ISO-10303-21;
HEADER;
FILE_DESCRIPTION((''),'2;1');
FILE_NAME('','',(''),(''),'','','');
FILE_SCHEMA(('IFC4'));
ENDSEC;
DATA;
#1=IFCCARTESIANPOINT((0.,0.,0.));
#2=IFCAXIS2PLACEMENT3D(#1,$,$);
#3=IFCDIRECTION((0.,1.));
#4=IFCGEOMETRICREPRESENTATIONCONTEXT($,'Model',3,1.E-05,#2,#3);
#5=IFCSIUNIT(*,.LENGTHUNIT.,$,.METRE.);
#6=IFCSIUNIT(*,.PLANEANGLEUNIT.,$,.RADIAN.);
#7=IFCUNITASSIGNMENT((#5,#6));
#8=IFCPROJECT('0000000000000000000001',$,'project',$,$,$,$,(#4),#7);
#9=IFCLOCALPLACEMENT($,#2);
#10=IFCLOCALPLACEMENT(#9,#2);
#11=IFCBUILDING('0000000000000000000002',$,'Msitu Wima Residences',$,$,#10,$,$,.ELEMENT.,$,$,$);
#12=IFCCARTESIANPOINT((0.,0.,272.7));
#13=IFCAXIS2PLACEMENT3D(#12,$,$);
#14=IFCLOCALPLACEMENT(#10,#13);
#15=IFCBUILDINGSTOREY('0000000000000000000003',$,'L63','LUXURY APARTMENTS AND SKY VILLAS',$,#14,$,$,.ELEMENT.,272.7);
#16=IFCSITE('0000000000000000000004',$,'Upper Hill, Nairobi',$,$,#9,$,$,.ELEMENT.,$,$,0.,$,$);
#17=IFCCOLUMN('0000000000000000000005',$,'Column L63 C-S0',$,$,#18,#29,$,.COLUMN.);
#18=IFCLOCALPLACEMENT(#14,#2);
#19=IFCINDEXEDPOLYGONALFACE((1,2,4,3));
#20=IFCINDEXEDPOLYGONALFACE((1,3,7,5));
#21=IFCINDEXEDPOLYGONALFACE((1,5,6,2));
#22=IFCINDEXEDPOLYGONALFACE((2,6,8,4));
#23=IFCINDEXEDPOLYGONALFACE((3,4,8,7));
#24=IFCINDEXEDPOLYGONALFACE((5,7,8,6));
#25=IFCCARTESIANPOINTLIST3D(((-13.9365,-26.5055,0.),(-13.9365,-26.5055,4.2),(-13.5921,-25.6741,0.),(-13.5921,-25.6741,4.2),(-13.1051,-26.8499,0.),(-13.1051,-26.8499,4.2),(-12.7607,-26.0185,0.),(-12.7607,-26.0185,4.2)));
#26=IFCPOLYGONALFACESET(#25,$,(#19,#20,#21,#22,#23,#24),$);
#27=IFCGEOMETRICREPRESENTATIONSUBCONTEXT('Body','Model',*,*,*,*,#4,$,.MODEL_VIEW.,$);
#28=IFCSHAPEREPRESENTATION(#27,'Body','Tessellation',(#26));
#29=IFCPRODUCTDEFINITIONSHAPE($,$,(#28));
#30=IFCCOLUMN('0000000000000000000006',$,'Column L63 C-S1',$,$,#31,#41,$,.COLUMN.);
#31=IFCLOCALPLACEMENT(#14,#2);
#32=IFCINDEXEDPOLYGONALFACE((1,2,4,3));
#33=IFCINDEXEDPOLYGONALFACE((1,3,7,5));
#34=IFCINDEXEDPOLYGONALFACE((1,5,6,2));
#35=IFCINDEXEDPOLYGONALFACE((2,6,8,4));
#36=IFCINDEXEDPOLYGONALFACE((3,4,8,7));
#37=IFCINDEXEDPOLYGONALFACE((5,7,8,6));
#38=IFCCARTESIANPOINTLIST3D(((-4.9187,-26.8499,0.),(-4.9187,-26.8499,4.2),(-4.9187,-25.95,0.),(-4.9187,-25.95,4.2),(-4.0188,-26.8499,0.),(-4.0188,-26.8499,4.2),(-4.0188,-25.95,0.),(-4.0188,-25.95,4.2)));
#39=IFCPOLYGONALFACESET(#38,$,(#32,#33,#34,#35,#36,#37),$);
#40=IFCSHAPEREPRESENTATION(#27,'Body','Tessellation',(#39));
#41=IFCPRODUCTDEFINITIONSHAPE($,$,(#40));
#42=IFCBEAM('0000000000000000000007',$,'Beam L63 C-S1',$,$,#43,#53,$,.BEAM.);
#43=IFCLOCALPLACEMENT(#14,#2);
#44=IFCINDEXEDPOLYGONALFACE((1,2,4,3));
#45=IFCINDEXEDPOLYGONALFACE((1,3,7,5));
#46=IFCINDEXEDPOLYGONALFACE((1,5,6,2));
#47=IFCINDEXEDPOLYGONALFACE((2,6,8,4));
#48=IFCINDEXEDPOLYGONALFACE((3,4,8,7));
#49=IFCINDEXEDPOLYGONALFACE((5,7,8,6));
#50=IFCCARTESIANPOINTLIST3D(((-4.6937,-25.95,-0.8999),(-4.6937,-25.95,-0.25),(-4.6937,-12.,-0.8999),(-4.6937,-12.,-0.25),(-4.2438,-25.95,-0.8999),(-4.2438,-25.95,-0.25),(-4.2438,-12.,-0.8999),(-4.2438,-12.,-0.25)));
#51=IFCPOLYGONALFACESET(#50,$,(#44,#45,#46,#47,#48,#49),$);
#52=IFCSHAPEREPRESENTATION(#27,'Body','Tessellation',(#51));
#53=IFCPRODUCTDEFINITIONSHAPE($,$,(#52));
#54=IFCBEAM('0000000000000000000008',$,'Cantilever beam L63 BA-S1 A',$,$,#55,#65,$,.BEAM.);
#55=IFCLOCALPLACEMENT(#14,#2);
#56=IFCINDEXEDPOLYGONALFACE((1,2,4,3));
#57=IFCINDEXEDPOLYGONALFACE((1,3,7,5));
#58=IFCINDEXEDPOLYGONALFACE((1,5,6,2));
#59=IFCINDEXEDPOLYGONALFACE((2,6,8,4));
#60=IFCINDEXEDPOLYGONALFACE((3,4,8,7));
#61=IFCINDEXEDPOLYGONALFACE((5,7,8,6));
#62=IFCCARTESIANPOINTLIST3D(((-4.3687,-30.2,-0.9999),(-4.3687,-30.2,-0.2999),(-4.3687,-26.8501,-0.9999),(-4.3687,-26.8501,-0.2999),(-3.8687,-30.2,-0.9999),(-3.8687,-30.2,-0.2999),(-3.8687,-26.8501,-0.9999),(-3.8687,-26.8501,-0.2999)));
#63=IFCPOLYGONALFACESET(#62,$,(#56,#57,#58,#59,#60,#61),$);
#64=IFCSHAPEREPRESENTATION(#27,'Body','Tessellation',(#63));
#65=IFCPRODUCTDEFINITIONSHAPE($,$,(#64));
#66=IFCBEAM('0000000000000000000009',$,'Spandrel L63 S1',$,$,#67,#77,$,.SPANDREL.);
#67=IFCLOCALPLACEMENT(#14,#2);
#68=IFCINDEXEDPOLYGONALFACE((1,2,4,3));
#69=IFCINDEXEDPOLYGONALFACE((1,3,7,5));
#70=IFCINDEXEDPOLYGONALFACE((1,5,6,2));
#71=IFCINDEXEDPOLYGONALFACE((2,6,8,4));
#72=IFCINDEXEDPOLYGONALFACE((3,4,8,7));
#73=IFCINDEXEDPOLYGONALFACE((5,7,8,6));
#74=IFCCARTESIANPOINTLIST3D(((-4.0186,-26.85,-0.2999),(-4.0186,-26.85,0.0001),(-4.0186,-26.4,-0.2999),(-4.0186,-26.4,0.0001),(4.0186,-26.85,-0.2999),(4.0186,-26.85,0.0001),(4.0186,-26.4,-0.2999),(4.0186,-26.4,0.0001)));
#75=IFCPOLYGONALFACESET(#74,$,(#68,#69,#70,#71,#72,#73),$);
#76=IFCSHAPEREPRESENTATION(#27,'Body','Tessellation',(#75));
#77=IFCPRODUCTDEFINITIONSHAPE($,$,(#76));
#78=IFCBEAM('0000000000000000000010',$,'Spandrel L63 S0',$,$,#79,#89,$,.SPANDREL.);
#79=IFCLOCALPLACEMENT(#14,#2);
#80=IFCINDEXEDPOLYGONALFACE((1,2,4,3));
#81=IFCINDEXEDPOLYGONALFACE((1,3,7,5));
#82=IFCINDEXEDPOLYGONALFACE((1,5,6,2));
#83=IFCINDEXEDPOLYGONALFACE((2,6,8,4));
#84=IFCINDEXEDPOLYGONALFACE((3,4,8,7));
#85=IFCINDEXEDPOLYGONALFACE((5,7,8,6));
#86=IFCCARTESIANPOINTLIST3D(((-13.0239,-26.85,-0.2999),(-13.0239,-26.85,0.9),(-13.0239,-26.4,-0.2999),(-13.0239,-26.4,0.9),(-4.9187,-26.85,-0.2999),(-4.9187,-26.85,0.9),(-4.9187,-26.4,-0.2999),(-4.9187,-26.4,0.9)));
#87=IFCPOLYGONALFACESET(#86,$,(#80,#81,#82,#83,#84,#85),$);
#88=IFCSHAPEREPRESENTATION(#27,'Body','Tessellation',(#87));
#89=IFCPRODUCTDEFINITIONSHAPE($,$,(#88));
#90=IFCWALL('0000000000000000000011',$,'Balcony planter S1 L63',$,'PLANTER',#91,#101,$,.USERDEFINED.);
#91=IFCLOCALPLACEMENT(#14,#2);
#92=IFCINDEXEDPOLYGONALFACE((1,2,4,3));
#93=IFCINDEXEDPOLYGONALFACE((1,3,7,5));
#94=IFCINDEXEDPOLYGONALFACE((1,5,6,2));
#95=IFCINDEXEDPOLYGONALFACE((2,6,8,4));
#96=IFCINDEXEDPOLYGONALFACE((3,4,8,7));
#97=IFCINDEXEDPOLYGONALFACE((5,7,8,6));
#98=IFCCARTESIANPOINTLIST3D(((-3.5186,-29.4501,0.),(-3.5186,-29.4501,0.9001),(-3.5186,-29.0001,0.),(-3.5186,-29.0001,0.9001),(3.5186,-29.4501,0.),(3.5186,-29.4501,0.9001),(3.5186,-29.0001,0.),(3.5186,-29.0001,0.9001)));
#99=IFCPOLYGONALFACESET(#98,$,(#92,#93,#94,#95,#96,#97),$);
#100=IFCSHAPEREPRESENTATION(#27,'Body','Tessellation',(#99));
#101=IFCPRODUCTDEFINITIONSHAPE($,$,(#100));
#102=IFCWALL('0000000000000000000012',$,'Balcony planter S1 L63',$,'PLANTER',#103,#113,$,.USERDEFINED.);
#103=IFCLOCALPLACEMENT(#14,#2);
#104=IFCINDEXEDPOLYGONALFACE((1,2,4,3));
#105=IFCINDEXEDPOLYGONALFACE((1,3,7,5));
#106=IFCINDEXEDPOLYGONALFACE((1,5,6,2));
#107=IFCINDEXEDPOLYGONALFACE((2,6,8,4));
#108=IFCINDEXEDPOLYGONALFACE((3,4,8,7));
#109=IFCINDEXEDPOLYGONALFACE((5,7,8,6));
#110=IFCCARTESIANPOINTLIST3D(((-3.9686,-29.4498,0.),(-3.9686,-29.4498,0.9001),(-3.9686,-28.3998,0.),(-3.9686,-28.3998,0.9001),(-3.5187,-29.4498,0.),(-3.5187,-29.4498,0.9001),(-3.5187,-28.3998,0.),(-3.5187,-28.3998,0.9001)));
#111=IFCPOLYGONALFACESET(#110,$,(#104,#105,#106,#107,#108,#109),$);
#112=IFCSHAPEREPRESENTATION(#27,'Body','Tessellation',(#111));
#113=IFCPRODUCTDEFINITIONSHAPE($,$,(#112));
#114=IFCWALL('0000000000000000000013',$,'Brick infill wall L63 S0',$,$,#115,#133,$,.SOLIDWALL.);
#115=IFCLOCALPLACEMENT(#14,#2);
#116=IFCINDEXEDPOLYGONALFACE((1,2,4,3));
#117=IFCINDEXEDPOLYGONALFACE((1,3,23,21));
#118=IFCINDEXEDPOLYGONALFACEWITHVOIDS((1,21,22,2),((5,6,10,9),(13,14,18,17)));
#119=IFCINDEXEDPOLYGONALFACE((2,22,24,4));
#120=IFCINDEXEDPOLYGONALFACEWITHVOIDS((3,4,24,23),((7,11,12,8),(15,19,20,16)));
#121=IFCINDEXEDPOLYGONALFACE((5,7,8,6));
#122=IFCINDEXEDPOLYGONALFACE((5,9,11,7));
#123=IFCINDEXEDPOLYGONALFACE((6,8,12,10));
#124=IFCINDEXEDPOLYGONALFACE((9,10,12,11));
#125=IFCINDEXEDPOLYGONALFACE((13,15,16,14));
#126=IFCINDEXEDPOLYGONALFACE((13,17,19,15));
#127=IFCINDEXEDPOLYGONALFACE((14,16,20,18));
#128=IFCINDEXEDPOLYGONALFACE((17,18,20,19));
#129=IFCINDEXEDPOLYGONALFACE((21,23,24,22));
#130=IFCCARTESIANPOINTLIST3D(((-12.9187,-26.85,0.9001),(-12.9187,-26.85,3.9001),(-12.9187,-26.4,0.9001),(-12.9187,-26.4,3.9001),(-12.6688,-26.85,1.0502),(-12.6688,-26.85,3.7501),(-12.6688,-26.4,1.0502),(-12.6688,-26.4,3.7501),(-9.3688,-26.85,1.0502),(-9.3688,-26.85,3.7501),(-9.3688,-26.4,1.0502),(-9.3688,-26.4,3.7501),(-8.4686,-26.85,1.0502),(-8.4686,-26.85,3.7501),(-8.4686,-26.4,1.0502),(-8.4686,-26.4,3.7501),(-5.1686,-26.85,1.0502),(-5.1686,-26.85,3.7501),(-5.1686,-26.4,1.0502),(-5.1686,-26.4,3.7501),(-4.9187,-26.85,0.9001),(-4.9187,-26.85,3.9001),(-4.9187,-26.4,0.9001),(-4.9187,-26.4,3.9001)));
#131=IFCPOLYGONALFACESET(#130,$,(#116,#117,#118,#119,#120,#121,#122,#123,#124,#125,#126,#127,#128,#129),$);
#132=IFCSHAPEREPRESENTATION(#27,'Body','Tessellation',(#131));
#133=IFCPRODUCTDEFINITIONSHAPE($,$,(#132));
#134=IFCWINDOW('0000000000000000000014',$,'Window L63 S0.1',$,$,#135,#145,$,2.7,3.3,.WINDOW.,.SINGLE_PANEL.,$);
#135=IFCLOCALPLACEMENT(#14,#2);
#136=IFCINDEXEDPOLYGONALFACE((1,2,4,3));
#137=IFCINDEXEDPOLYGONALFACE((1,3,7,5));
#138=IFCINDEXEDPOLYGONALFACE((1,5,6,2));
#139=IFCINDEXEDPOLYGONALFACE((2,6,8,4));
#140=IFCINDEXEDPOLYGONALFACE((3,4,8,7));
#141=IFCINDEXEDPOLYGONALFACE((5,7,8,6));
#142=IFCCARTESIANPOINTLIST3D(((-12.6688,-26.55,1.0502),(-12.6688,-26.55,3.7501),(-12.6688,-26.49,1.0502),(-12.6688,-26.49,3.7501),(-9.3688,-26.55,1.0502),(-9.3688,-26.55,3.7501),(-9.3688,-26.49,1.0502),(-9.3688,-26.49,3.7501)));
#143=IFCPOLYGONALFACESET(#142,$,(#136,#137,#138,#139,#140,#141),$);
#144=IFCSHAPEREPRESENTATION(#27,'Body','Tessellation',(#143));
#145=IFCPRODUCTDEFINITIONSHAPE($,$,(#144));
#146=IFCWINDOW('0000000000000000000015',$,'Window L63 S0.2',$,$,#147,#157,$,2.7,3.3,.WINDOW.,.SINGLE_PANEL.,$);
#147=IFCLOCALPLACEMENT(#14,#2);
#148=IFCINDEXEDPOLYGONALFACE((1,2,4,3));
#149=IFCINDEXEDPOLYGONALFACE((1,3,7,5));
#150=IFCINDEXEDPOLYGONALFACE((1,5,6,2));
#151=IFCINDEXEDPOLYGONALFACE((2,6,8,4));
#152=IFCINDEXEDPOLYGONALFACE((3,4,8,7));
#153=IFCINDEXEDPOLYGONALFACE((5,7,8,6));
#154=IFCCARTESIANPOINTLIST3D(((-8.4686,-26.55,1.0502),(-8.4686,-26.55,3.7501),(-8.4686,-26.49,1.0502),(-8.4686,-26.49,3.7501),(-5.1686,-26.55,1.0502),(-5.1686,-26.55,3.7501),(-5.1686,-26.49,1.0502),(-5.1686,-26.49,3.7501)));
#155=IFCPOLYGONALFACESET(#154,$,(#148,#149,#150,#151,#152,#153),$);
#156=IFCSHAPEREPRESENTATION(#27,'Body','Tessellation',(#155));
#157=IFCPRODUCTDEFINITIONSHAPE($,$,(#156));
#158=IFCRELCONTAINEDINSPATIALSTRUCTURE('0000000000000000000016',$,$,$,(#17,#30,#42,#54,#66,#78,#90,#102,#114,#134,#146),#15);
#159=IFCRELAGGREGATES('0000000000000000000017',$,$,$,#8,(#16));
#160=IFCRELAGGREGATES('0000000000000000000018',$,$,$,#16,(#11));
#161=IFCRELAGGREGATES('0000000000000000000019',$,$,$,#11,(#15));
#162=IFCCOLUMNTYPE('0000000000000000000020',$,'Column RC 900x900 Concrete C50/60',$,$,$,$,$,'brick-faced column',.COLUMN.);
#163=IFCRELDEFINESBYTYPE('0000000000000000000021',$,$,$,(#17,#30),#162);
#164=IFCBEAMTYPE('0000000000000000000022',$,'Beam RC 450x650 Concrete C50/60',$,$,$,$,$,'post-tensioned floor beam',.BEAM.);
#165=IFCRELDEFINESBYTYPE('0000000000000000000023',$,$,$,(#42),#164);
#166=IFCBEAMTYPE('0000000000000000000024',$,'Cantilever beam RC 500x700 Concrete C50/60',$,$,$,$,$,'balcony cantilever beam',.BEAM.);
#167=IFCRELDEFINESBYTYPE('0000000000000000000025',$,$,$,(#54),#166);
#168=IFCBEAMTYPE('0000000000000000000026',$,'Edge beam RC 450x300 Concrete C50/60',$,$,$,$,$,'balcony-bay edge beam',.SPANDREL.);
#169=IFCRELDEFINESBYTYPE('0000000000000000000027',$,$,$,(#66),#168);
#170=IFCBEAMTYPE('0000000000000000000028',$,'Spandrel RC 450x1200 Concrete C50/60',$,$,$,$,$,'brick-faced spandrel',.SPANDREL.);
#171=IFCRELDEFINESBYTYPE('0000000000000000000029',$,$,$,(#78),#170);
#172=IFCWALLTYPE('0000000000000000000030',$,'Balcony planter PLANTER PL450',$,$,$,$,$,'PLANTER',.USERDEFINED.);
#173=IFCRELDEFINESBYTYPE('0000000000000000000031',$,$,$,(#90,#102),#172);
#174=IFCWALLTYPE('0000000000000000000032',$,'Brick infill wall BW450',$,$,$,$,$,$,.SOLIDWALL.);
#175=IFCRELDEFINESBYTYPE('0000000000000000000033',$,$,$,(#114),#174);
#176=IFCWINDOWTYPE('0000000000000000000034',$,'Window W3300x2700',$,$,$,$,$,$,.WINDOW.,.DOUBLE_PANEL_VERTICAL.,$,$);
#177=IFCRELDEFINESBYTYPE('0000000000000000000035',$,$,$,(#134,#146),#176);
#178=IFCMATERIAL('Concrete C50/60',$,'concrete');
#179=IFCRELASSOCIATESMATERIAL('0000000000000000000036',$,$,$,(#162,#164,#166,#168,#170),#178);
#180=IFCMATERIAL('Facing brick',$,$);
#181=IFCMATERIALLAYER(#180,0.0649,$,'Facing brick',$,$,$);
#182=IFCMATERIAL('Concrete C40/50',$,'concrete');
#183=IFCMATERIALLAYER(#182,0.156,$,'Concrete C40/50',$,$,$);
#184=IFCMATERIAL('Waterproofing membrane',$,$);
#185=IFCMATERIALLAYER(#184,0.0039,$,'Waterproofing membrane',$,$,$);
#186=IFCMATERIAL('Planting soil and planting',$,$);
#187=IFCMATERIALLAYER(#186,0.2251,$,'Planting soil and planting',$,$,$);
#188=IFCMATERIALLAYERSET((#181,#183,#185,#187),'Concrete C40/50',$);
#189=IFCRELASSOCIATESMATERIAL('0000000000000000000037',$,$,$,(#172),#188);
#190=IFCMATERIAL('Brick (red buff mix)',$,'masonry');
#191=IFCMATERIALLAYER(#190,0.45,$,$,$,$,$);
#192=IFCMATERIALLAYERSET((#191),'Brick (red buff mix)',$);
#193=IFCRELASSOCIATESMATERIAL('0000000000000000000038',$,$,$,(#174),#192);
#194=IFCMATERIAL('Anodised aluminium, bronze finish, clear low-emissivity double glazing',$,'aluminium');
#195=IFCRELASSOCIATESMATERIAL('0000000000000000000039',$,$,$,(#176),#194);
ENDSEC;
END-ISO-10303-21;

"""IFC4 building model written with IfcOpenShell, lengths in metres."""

from ifc_helpers import new_model, si_unit, direction, frame, frame_2d, origin, origin_2d, place, context, subcontext, project, spatial, rectangle, extrude, material, layer, layer_set, material_profile, profile_set, type_object, element, fill, save


model = new_model("IFC4")

# Units and contexts
model_context = context("Model", 3, precision=1e-05, world=origin(), true_north=direction((0.0, 1.0)))
body_context = subcontext(model_context, "Body", "Model", "MODEL_VIEW")
ifc_project = project(units=[si_unit("LENGTHUNIT", "METRE"), si_unit("PLANEANGLEUNIT", "RADIAN")], contexts=[model_context])

# Site, building, storey
site_placement = place(None, origin())
site = spatial("IfcSite", under=ifc_project, at=site_placement, Name="Upper Hill, Nairobi", CompositionType="ELEMENT", RefElevation=0.0)
building_placement = place(site_placement, origin())
building = spatial("IfcBuilding", under=site, at=building_placement, Name="Msitu Wima Residences", CompositionType="ELEMENT")
storey_placement = place(building_placement, frame((0.0, 0.0, 272.7)))
storey = spatial("IfcBuildingStorey", under=building, at=storey_placement, Name="L63", Description="LUXURY APARTMENTS AND SKY VILLAS", CompositionType="ELEMENT", Elevation=272.7)

# Columns
ifc_material_1 = material(Name="Concrete C50/60", Category="concrete")
ifc_material_profile_1 = material_profile(ifc_material_1, rectangle(XDim=0.8999, YDim=0.8999, at=origin_2d()), Name="RC 900x900")
ifc_profile_set_1 = profile_set([ifc_material_profile_1], Name="Concrete C50/60")
column_type = type_object("IfcColumnType", Name="Column RC 900x900 Concrete C50/60", ElementType="brick-faced column", PredefinedType="COLUMN", material=ifc_profile_set_1)
for number, where, z_axis, x_axis, name in (
    (1, (-13.3486, -26.262, 0.0), (0.0, 0.0, 1.0), (0.92388, -0.382683, 0.0), "Column L63 C-S0"),
    (2, (-4.4688, -26.3999, 0.0), (0.0, 0.0, 1.0), (1.0, 0.0, 0.0), "Column L63 C-S1"),
):
    element("IfcColumn", number, at=place(storey_placement, frame(where, z_axis=z_axis, x_axis=x_axis)), inside=storey, type_object=column_type, Name=name, PredefinedType="COLUMN", context=body_context, shape_type="SweptSolid", body=[
        extrude(rectangle(XDim=0.8999, YDim=0.8999, at=origin_2d()), origin(), (0.0, 0.0, 1.0), 4.2),
    ])

# Beams
ifc_material_profile_2 = material_profile(ifc_material_1, rectangle(XDim=0.45, YDim=0.6499, at=origin_2d()), Name="RC 450x650")
ifc_profile_set_2 = profile_set([ifc_material_profile_2], Name="Concrete C50/60")
beam_type_1 = type_object("IfcBeamType", Name="Beam RC 450x650 Concrete C50/60", ElementType="post-tensioned floor beam", PredefinedType="BEAM", material=ifc_profile_set_2)
beam_1_placement = place(storey_placement, frame((-4.4688, -25.95, -0.575), z_axis=(0.0, 1.0, 0.0), x_axis=(-1.0, 0.0, 0.0)))
element("IfcBeam", 3, at=beam_1_placement, inside=storey, type_object=beam_type_1, Name="Beam L63 C-S1", PredefinedType="BEAM", context=body_context, shape_type="SweptSolid", body=[
    extrude(rectangle(XDim=0.45, YDim=0.6499, at=origin_2d()), origin(), (0.0, 0.0, 1.0), 13.95),
])
ifc_material_profile_3 = material_profile(ifc_material_1, rectangle(XDim=0.5, YDim=0.7, at=origin_2d()), Name="RC 500x700")
ifc_profile_set_3 = profile_set([ifc_material_profile_3], Name="Concrete C50/60")
beam_type_2 = type_object("IfcBeamType", Name="Cantilever beam RC 500x700 Concrete C50/60", ElementType="balcony cantilever beam", PredefinedType="BEAM", material=ifc_profile_set_3)
beam_2_placement = place(storey_placement, frame((-4.1187, -26.8501, -0.6499), z_axis=(0.0, -1.0, 0.0), x_axis=(1.0, 0.0, 0.0)))
element("IfcBeam", 4, at=beam_2_placement, inside=storey, type_object=beam_type_2, Name="Cantilever beam L63 BA-S1 A", PredefinedType="BEAM", context=body_context, shape_type="SweptSolid", body=[
    extrude(rectangle(XDim=0.5, YDim=0.7, at=origin_2d()), origin(), (0.0, 0.0, 1.0), 3.3499),
])
ifc_material_profile_4 = material_profile(ifc_material_1, rectangle(XDim=0.45, YDim=0.3, at=origin_2d()), Name="RC 450x300")
ifc_profile_set_4 = profile_set([ifc_material_profile_4], Name="Concrete C50/60")
beam_type_3 = type_object("IfcBeamType", Name="Edge beam RC 450x300 Concrete C50/60", ElementType="balcony-bay edge beam", PredefinedType="SPANDREL", material=ifc_profile_set_4)
beam_3_placement = place(storey_placement, frame((-4.0186, -26.625, -0.1499), z_axis=(1.0, 0.0, 0.0), x_axis=(0.0, 1.0, 0.0)))
element("IfcBeam", 5, at=beam_3_placement, inside=storey, type_object=beam_type_3, Name="Spandrel L63 S1", PredefinedType="SPANDREL", context=body_context, shape_type="SweptSolid", body=[
    extrude(rectangle(XDim=0.45, YDim=0.3, at=origin_2d()), origin(), (0.0, 0.0, 1.0), 8.0371),
])
ifc_material_profile_5 = material_profile(ifc_material_1, rectangle(XDim=0.45, YDim=1.2, at=origin_2d()), Name="RC 450x1200")
ifc_profile_set_5 = profile_set([ifc_material_profile_5], Name="Concrete C50/60")
beam_type_4 = type_object("IfcBeamType", Name="Spandrel RC 450x1200 Concrete C50/60", ElementType="brick-faced spandrel", PredefinedType="SPANDREL", material=ifc_profile_set_5)
beam_4_placement = place(storey_placement, frame((-13.0239, -26.625, 0.3), z_axis=(1.0, 0.0, 0.0), x_axis=(0.0, 1.0, 0.0)))
element("IfcBeam", 6, at=beam_4_placement, inside=storey, type_object=beam_type_4, Name="Spandrel L63 S0", PredefinedType="SPANDREL", context=body_context, shape_type="SweptSolid", body=[
    extrude(rectangle(XDim=0.45, YDim=1.2, at=origin_2d()), origin(), (0.0, 0.0, 1.0), 8.1052),
])

# Walls
ifc_material_2 = material(Name="Facing brick")
ifc_layer_1 = layer(ifc_material_2, 0.0649, Name="Facing brick")
ifc_material_3 = material(Name="Concrete C40/50", Category="concrete")
ifc_layer_2 = layer(ifc_material_3, 0.156, Name="Concrete C40/50")
ifc_material_4 = material(Name="Waterproofing membrane")
ifc_layer_3 = layer(ifc_material_4, 0.0039, Name="Waterproofing membrane")
ifc_material_5 = material(Name="Planting soil and planting")
ifc_layer_4 = layer(ifc_material_5, 0.2251, Name="Planting soil and planting")
ifc_layer_set_1 = layer_set([ifc_layer_1, ifc_layer_2, ifc_layer_3, ifc_layer_4], Name="Concrete C40/50")
wall_type_1 = type_object("IfcWallType", Name="Balcony planter PLANTER PL450", ElementType="PLANTER", PredefinedType="USERDEFINED", material=ifc_layer_set_1)
wall_1_placement = place(storey_placement, frame((-3.5186, -29.2251, 0.0), z_axis=(0.0, 0.0, 1.0), x_axis=(1.0, 0.0, 0.0)))
element("IfcWall", 7, at=wall_1_placement, inside=storey, type_object=wall_type_1, Name="Balcony planter S1 L63", ObjectType="PLANTER", PredefinedType="USERDEFINED", context=body_context, shape_type="SweptSolid", body=[
    extrude(rectangle(XDim=7.0371, YDim=0.45, at=frame_2d((3.5186, 0.0))), origin(), (0.0, 0.0, 1.0), 0.9001),
])
wall_2_placement = place(storey_placement, frame((-3.7437, -28.3999, 0.0), z_axis=(0.0, 0.0, 1.0), x_axis=(0.0, -1.0, 0.0)))
element("IfcWall", 8, at=wall_2_placement, inside=storey, type_object=wall_type_1, Name="Balcony planter S1 L63", ObjectType="PLANTER", PredefinedType="USERDEFINED", context=body_context, shape_type="SweptSolid", body=[
    extrude(rectangle(XDim=1.05, YDim=0.45, at=frame_2d((0.5249, 0.0))), origin(), (0.0, 0.0, 1.0), 0.9001),
])

# Wall, openings, windows
ifc_material_6 = material(Name="Brick (red buff mix)", Category="masonry")
ifc_layer_5 = layer(ifc_material_6, 0.45)
ifc_layer_set_2 = layer_set([ifc_layer_5], Name="Brick (red buff mix)")
wall_type_2 = type_object("IfcWallType", Name="Brick infill wall BW450", PredefinedType="SOLIDWALL", material=ifc_layer_set_2)
wall_3_placement = place(storey_placement, frame((-12.9187, -26.625, 0.9001), z_axis=(0.0, 0.0, 1.0), x_axis=(1.0, 0.0, 0.0)))
wall_3 = element("IfcWall", 9, at=wall_3_placement, inside=storey, type_object=wall_type_2, Name="Brick infill wall L63 S0", PredefinedType="SOLIDWALL", context=body_context, shape_type="SweptSolid", body=[
    extrude(rectangle(XDim=8.0, YDim=0.45, at=frame_2d((4.0, 0.0))), origin(), (0.0, 0.0, 1.0), 3.0),
])
opening_1_placement = place(wall_3_placement, frame((0.25, 0.0, 0.1499)))
opening_1 = element("IfcOpeningElement", 10, at=opening_1_placement, cuts=wall_3, PredefinedType="OPENING", context=body_context, shape_type="SweptSolid", body=[
    extrude(rectangle(XDim=3.3, YDim=2.7, at=frame_2d((1.6499, 1.3501))), frame((0.0, 0.2349, 0.0), z_axis=(0.0, -1.0, 0.0), x_axis=(1.0, 0.0, 0.0)), (0.0, 0.0, 1.0), 0.47),
])
opening_2_placement = place(wall_3_placement, frame((4.4502, 0.0, 0.1499)))
opening_2 = element("IfcOpeningElement", 11, at=opening_2_placement, cuts=wall_3, PredefinedType="OPENING", context=body_context, shape_type="SweptSolid", body=[
    extrude(rectangle(XDim=3.3, YDim=2.7, at=frame_2d((1.6499, 1.3501))), frame((0.0, 0.2349, 0.0), z_axis=(0.0, -1.0, 0.0), x_axis=(1.0, 0.0, 0.0)), (0.0, 0.0, 1.0), 0.47),
])
ifc_material_7 = material(Name="Anodised aluminium, bronze finish, clear low-emissivity double glazing", Category="aluminium")
window_type = type_object("IfcWindowType", Name="Window W3300x2700", PartitioningType="DOUBLE_PANEL_VERTICAL", PredefinedType="WINDOW", material=ifc_material_7)
window_1_placement = place(opening_1_placement, origin())
window_1 = element("IfcWindow", 12, at=window_1_placement, inside=storey, type_object=window_type, Name="Window L63 S0.1", OverallHeight=2.7, OverallWidth=3.3, PartitioningType="SINGLE_PANEL", PredefinedType="WINDOW", context=body_context, shape_type="SweptSolid", body=[
    extrude(rectangle(XDim=3.3, YDim=2.7, at=frame_2d((1.6499, 1.3501))), frame((0.0, 0.135, 0.0), z_axis=(0.0, -1.0, 0.0), x_axis=(1.0, 0.0, 0.0)), (0.0, 0.0, 1.0), 0.0601),
])
fill(opening_1, window_1)
window_2_placement = place(opening_2_placement, origin())
window_2 = element("IfcWindow", 13, at=window_2_placement, inside=storey, type_object=window_type, Name="Window L63 S0.2", OverallHeight=2.7, OverallWidth=3.3, PartitioningType="SINGLE_PANEL", PredefinedType="WINDOW", context=body_context, shape_type="SweptSolid", body=[
    extrude(rectangle(XDim=3.3, YDim=2.7, at=frame_2d((1.6499, 1.3501))), frame((0.0, 0.135, 0.0), z_axis=(0.0, -1.0, 0.0), x_axis=(1.0, 0.0, 0.0)), (0.0, 0.0, 1.0), 0.0601),
])
fill(opening_2, window_2)

save(model, "model.ifc")
